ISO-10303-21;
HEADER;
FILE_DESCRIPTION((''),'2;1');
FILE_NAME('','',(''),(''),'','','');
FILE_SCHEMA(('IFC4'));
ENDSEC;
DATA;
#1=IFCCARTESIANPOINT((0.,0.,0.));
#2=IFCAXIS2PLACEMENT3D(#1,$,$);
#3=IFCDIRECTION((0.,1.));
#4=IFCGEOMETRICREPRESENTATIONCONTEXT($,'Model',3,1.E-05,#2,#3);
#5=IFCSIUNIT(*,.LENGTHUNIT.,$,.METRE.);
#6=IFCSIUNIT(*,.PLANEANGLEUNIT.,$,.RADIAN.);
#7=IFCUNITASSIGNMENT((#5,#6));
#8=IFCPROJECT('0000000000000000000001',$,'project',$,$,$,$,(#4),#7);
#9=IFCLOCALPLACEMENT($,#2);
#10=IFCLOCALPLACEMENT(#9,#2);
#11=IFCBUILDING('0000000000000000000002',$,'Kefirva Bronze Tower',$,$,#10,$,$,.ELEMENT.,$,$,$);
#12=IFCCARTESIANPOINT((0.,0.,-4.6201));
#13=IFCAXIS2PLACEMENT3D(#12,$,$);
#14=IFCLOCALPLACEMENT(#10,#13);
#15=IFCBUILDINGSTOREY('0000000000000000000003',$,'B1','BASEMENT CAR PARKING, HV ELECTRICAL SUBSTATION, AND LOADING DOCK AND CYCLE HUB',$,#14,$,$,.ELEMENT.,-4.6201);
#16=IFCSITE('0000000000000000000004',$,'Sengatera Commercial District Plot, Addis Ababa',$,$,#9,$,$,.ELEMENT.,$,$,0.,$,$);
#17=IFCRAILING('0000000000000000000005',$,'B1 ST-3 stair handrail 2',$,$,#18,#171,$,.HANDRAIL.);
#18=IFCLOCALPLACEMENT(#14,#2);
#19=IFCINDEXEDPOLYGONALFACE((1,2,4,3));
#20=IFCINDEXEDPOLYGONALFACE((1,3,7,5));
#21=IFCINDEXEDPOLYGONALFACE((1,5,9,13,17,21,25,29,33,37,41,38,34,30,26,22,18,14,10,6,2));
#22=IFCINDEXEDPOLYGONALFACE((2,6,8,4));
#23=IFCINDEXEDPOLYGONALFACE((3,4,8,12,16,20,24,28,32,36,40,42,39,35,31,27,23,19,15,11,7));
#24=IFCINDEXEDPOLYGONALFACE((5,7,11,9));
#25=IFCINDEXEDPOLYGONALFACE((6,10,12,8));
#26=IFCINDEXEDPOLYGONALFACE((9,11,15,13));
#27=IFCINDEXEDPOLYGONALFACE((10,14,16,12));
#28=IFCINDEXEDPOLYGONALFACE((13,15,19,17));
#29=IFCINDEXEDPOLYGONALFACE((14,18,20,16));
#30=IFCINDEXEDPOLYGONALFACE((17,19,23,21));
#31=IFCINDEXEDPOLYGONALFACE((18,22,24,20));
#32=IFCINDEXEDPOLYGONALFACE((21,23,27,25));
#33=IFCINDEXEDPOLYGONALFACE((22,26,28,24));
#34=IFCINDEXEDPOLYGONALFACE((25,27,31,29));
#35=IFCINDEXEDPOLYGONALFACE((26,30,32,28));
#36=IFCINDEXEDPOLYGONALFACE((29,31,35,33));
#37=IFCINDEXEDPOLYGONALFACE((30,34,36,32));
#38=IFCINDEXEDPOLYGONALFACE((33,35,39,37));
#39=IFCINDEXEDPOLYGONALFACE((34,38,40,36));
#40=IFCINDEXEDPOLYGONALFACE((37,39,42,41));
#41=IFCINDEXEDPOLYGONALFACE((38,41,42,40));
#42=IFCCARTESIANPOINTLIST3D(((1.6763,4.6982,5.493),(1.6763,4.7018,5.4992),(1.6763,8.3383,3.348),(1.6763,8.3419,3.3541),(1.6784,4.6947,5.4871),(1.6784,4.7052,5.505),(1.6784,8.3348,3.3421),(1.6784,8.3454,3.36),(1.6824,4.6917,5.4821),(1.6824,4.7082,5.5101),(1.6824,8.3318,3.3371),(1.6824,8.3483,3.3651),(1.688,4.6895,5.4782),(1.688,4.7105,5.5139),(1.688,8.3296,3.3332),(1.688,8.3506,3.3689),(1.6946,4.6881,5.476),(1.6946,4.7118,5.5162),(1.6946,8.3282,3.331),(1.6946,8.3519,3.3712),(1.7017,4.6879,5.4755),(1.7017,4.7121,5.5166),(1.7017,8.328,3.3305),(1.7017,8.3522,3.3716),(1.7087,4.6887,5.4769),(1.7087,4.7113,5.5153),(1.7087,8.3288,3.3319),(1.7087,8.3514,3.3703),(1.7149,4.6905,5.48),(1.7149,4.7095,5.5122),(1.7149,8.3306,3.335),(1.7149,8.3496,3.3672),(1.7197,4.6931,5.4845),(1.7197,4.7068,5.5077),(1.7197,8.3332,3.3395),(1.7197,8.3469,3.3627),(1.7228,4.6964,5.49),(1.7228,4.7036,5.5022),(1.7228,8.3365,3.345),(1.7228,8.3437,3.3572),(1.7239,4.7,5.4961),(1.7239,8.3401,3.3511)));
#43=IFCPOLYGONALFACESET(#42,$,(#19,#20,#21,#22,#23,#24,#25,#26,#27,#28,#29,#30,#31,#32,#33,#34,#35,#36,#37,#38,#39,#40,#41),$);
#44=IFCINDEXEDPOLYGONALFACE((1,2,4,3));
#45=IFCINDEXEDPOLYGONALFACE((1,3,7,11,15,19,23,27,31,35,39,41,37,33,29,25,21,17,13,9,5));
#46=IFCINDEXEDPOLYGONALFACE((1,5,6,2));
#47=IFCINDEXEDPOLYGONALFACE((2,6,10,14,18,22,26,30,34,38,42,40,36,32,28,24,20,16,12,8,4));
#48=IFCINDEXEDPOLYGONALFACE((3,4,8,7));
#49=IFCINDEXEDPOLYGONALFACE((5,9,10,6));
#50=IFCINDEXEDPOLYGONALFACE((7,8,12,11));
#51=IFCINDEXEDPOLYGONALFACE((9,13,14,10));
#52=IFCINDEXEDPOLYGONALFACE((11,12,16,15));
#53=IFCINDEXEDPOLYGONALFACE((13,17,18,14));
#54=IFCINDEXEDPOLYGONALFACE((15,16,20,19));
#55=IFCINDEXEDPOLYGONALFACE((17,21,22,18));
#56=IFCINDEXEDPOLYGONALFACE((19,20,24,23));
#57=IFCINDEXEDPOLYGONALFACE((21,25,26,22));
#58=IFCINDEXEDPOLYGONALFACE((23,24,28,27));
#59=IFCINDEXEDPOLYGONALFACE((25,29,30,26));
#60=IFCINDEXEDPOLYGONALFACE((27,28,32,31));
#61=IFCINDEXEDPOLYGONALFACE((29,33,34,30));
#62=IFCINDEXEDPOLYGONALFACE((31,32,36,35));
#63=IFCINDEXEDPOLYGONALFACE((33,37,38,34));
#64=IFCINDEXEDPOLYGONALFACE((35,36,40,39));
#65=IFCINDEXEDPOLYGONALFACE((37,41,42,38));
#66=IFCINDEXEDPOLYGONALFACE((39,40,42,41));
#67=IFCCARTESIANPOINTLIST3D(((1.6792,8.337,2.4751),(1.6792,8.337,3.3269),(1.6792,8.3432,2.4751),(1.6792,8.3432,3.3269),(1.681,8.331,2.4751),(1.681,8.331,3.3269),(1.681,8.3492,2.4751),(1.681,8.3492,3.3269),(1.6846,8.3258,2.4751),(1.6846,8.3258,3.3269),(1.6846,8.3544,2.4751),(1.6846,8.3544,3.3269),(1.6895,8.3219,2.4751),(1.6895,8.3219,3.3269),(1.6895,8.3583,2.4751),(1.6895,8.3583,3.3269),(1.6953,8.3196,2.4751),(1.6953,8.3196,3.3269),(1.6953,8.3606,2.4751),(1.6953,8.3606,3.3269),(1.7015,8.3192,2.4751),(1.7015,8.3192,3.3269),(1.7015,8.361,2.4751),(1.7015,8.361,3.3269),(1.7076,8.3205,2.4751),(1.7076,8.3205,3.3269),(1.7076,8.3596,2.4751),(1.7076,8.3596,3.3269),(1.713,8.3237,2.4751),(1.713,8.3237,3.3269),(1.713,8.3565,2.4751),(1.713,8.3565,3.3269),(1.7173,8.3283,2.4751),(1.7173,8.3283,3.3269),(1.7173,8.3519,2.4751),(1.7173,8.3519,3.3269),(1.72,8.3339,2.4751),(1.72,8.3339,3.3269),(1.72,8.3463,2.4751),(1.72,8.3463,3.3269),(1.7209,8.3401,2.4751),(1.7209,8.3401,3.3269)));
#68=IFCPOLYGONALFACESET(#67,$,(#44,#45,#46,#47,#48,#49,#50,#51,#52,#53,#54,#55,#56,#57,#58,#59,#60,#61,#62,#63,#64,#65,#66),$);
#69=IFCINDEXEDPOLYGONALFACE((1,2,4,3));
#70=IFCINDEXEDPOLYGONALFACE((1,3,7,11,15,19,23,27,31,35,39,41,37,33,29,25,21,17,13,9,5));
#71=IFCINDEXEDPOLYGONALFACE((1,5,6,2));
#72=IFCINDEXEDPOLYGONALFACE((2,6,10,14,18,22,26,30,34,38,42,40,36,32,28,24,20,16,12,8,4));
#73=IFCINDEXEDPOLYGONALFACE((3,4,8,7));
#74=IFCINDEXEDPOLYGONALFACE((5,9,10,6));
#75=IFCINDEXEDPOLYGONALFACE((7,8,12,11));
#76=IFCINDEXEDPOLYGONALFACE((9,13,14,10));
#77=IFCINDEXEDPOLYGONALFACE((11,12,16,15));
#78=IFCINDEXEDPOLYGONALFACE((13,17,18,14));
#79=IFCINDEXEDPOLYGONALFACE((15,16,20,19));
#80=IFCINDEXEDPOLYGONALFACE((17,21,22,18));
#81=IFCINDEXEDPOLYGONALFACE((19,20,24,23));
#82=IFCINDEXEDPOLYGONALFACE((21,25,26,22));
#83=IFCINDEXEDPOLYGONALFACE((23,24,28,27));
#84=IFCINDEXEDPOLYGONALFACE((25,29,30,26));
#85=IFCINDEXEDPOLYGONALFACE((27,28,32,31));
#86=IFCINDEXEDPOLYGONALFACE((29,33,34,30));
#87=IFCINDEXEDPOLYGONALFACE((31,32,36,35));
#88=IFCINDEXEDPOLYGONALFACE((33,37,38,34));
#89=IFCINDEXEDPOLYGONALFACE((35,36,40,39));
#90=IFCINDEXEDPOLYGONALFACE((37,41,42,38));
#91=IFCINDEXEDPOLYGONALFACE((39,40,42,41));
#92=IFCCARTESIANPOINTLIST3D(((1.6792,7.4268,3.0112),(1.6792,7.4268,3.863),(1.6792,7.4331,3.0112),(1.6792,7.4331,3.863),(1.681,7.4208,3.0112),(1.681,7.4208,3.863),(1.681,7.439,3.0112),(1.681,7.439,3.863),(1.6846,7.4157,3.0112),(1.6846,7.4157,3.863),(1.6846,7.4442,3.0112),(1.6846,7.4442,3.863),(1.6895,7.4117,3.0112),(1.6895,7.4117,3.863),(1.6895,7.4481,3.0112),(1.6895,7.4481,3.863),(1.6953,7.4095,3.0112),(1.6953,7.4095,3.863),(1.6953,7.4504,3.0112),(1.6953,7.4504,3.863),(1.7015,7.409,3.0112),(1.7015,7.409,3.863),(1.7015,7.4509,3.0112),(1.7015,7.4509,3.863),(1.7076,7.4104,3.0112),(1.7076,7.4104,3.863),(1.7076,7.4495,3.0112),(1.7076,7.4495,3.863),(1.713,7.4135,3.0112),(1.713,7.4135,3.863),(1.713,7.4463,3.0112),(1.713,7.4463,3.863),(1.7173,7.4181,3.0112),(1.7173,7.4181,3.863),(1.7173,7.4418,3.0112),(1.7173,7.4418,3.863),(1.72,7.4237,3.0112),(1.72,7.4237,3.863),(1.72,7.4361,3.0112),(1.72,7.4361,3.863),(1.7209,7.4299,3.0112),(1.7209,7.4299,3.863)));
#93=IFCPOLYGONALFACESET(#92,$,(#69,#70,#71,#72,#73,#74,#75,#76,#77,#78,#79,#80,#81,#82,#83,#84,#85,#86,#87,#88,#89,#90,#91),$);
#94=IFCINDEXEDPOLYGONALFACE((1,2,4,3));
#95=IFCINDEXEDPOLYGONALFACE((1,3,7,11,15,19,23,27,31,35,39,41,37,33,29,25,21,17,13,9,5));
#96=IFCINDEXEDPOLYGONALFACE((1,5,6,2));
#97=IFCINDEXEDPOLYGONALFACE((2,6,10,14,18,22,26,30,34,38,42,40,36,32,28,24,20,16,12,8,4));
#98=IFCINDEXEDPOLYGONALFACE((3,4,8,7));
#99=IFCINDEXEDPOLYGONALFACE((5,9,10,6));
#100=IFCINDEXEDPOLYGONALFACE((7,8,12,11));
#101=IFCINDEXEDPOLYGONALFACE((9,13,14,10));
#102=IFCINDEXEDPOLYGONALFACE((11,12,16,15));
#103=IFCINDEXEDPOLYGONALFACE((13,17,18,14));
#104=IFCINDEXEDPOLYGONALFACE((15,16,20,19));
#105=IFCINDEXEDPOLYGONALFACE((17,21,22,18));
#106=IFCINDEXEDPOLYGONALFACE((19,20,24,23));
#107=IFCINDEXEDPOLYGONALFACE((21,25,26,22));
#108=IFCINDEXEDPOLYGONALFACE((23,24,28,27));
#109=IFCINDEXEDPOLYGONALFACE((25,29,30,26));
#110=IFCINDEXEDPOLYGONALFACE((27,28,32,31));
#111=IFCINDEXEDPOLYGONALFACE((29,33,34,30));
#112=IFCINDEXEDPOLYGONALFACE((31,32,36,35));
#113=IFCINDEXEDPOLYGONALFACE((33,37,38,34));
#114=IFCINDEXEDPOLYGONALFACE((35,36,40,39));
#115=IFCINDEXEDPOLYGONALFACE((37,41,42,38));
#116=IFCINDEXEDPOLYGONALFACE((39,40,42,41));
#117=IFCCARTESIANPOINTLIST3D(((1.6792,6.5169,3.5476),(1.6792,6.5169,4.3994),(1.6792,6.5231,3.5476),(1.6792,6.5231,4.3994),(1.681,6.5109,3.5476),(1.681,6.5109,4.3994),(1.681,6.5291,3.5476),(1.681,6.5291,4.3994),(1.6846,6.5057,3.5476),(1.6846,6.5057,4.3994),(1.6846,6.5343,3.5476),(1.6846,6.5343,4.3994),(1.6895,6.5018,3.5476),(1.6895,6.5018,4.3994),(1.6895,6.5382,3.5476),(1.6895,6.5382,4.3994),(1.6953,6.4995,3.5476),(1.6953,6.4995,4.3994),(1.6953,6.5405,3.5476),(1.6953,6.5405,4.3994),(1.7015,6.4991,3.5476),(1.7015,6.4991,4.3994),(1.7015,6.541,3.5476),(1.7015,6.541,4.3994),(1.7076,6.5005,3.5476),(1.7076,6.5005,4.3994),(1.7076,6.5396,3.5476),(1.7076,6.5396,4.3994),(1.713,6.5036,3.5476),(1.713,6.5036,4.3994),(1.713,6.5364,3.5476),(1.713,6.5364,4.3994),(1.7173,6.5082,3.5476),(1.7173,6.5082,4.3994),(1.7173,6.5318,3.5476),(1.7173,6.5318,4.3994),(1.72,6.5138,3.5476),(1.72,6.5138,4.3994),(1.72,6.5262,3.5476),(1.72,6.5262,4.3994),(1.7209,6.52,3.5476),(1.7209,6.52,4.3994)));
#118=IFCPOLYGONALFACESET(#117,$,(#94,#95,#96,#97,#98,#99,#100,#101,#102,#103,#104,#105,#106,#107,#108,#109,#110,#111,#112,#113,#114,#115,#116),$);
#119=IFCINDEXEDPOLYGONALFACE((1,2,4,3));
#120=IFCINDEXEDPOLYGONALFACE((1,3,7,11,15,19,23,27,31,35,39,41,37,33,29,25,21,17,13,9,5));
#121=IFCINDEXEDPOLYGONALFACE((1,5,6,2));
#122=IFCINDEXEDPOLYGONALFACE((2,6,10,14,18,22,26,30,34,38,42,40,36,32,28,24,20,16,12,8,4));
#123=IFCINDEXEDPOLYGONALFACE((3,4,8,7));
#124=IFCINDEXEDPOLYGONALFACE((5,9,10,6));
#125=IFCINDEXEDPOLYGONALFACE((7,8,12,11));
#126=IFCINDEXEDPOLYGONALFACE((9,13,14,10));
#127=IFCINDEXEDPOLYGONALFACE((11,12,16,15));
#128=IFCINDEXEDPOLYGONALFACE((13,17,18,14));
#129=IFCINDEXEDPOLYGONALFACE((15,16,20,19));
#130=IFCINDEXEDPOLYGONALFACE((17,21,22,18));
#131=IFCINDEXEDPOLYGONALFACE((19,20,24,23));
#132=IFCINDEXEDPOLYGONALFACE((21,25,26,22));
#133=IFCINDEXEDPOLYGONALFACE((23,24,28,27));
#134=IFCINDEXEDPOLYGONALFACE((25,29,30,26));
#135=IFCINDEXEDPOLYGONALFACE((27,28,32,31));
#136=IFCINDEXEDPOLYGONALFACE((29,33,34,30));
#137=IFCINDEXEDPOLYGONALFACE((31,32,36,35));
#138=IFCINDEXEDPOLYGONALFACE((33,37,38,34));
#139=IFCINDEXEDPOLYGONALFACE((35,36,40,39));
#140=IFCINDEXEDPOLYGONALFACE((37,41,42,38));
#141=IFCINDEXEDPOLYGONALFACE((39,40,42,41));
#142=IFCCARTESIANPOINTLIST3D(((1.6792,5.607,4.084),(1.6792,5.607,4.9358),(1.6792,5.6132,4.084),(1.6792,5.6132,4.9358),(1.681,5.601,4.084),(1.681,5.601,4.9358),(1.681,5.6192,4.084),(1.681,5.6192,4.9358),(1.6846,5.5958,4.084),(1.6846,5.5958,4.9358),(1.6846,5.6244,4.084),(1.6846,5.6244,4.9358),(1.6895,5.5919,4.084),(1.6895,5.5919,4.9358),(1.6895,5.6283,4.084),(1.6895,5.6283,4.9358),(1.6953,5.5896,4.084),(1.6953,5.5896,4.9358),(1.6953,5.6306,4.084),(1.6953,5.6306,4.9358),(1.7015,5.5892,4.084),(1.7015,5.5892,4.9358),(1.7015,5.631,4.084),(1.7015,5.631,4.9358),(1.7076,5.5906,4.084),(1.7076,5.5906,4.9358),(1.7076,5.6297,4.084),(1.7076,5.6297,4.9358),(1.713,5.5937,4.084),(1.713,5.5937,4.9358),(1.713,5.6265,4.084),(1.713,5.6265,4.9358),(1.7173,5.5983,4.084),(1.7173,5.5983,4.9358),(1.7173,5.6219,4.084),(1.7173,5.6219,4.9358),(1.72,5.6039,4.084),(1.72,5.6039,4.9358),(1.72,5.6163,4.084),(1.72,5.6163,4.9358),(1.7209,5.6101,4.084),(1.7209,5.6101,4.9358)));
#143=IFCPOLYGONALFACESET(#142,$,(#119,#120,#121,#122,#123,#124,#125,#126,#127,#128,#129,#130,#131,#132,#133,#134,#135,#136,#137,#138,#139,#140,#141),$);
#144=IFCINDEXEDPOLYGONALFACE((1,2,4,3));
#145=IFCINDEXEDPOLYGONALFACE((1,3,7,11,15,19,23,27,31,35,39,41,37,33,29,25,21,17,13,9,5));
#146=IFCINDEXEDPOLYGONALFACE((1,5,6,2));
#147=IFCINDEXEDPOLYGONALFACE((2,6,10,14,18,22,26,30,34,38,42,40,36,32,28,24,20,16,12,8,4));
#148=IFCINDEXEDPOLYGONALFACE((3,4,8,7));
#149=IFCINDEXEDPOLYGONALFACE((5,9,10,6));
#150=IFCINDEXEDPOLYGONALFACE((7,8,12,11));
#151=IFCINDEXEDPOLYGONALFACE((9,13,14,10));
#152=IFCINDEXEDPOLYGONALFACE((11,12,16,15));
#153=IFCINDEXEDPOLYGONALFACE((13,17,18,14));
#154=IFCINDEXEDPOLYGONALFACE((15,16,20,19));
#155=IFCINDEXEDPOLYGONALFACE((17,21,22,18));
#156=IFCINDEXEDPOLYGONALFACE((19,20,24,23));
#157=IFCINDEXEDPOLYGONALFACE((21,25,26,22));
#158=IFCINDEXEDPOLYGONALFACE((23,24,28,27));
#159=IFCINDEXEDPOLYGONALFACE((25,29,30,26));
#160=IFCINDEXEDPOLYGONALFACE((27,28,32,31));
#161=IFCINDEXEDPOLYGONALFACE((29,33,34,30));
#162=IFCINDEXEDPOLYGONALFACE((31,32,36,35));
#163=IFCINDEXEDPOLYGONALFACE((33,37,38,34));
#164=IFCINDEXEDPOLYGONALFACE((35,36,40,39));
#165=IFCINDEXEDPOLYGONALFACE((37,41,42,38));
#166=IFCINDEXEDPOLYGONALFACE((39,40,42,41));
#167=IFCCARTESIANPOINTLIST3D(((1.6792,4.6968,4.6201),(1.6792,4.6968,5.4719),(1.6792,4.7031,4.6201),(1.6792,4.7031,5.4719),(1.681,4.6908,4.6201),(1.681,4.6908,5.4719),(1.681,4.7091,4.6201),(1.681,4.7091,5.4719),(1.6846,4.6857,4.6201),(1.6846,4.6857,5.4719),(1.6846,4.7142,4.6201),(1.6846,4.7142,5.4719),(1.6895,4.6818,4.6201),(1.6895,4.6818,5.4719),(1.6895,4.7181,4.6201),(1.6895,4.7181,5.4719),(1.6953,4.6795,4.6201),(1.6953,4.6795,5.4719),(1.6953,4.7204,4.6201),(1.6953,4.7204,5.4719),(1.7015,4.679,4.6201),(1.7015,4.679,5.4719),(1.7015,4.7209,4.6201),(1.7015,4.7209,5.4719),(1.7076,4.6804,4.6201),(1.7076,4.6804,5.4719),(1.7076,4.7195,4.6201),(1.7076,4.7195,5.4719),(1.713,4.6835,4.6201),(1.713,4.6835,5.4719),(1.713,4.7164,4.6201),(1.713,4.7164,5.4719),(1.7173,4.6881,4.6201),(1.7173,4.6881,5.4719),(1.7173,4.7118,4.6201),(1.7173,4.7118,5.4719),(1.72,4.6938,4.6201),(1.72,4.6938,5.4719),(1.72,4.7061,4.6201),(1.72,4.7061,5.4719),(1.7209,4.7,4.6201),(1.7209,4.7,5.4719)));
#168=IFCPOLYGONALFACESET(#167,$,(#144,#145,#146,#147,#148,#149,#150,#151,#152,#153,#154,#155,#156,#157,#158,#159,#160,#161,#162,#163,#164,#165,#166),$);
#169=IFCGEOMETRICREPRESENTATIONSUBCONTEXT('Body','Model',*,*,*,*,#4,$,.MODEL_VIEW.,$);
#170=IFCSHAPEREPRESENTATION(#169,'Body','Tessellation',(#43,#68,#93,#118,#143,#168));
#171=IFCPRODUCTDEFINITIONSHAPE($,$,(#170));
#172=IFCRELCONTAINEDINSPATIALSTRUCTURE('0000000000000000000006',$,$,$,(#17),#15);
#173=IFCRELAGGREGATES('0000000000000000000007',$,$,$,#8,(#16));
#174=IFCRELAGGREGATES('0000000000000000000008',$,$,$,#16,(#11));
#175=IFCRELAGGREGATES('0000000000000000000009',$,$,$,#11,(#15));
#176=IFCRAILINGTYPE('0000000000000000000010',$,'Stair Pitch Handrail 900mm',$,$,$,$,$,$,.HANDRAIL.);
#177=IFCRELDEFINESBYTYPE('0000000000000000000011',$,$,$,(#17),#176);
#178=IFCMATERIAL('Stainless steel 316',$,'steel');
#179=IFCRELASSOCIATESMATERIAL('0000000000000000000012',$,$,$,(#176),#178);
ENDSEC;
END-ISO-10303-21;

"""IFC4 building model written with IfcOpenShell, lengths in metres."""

from ifc_helpers import new_model, si_unit, direction, frame, origin, origin_2d, place, context, subcontext, project, spatial, circle, extrude, material, type_object, element, save


model = new_model("IFC4")

# Units and contexts
model_context = context("Model", 3, precision=1e-05, world=origin(), true_north=direction((0.0, 1.0)))
body_context = subcontext(model_context, "Body", "Model", "MODEL_VIEW")
ifc_project = project(units=[si_unit("LENGTHUNIT", "METRE"), si_unit("PLANEANGLEUNIT", "RADIAN")], contexts=[model_context])

# Site, building, storey
site_placement = place(None, origin())
site = spatial("IfcSite", under=ifc_project, at=site_placement, Name="Sengatera Commercial District Plot, Addis Ababa", CompositionType="ELEMENT", RefElevation=0.0)
building_placement = place(site_placement, origin())
building = spatial("IfcBuilding", under=site, at=building_placement, Name="Kefirva Bronze Tower", CompositionType="ELEMENT")
storey_placement = place(building_placement, frame((0.0, 0.0, -4.6201)))
storey = spatial("IfcBuildingStorey", under=building, at=storey_placement, Name="B1", Description="BASEMENT CAR PARKING, HV ELECTRICAL SUBSTATION, AND LOADING DOCK AND CYCLE HUB", CompositionType="ELEMENT", Elevation=-4.6201)

# Railing
ifc_material_1 = material(Name="Stainless steel 316", Category="steel")
railing_type_1 = type_object("IfcRailingType", Name="Stair Pitch Handrail 900mm", PredefinedType="HANDRAIL", material=ifc_material_1)
railing_1_placement = place(storey_placement, frame((1.7, 8.3401, 2.4751)))
element("IfcRailing", 1, at=railing_1_placement, inside=storey, type_object=railing_type_1, Name="B1 ST-3 stair handrail 2", PredefinedType="HANDRAIL", context=body_context, shape_type="SweptSolid", body=[
    extrude(circle(Radius=0.0239, at=origin_2d()), frame((0.0, 0.0, 0.876), z_axis=(0.0, -0.861545, 0.507682), x_axis=(1.0, 0.0, 0.0)), (0.0, 0.0, 1.0), 4.2251),
    extrude(circle(Radius=0.021, at=origin_2d()), origin(), (0.0, 0.0, 1.0), 0.8518),
    extrude(circle(Radius=0.021, at=origin_2d()), frame((0.0, -0.9102, 0.5361)), (0.0, 0.0, 1.0), 0.8518),
    extrude(circle(Radius=0.021, at=origin_2d()), frame((0.0, -1.8201, 1.0725)), (0.0, 0.0, 1.0), 0.8518),
    extrude(circle(Radius=0.021, at=origin_2d()), frame((0.0, -2.73, 1.6089)), (0.0, 0.0, 1.0), 0.8518),
    extrude(circle(Radius=0.021, at=origin_2d()), frame((0.0, -3.6401, 2.145)), (0.0, 0.0, 1.0), 0.8518),
])

save(model, "model.ifc")
